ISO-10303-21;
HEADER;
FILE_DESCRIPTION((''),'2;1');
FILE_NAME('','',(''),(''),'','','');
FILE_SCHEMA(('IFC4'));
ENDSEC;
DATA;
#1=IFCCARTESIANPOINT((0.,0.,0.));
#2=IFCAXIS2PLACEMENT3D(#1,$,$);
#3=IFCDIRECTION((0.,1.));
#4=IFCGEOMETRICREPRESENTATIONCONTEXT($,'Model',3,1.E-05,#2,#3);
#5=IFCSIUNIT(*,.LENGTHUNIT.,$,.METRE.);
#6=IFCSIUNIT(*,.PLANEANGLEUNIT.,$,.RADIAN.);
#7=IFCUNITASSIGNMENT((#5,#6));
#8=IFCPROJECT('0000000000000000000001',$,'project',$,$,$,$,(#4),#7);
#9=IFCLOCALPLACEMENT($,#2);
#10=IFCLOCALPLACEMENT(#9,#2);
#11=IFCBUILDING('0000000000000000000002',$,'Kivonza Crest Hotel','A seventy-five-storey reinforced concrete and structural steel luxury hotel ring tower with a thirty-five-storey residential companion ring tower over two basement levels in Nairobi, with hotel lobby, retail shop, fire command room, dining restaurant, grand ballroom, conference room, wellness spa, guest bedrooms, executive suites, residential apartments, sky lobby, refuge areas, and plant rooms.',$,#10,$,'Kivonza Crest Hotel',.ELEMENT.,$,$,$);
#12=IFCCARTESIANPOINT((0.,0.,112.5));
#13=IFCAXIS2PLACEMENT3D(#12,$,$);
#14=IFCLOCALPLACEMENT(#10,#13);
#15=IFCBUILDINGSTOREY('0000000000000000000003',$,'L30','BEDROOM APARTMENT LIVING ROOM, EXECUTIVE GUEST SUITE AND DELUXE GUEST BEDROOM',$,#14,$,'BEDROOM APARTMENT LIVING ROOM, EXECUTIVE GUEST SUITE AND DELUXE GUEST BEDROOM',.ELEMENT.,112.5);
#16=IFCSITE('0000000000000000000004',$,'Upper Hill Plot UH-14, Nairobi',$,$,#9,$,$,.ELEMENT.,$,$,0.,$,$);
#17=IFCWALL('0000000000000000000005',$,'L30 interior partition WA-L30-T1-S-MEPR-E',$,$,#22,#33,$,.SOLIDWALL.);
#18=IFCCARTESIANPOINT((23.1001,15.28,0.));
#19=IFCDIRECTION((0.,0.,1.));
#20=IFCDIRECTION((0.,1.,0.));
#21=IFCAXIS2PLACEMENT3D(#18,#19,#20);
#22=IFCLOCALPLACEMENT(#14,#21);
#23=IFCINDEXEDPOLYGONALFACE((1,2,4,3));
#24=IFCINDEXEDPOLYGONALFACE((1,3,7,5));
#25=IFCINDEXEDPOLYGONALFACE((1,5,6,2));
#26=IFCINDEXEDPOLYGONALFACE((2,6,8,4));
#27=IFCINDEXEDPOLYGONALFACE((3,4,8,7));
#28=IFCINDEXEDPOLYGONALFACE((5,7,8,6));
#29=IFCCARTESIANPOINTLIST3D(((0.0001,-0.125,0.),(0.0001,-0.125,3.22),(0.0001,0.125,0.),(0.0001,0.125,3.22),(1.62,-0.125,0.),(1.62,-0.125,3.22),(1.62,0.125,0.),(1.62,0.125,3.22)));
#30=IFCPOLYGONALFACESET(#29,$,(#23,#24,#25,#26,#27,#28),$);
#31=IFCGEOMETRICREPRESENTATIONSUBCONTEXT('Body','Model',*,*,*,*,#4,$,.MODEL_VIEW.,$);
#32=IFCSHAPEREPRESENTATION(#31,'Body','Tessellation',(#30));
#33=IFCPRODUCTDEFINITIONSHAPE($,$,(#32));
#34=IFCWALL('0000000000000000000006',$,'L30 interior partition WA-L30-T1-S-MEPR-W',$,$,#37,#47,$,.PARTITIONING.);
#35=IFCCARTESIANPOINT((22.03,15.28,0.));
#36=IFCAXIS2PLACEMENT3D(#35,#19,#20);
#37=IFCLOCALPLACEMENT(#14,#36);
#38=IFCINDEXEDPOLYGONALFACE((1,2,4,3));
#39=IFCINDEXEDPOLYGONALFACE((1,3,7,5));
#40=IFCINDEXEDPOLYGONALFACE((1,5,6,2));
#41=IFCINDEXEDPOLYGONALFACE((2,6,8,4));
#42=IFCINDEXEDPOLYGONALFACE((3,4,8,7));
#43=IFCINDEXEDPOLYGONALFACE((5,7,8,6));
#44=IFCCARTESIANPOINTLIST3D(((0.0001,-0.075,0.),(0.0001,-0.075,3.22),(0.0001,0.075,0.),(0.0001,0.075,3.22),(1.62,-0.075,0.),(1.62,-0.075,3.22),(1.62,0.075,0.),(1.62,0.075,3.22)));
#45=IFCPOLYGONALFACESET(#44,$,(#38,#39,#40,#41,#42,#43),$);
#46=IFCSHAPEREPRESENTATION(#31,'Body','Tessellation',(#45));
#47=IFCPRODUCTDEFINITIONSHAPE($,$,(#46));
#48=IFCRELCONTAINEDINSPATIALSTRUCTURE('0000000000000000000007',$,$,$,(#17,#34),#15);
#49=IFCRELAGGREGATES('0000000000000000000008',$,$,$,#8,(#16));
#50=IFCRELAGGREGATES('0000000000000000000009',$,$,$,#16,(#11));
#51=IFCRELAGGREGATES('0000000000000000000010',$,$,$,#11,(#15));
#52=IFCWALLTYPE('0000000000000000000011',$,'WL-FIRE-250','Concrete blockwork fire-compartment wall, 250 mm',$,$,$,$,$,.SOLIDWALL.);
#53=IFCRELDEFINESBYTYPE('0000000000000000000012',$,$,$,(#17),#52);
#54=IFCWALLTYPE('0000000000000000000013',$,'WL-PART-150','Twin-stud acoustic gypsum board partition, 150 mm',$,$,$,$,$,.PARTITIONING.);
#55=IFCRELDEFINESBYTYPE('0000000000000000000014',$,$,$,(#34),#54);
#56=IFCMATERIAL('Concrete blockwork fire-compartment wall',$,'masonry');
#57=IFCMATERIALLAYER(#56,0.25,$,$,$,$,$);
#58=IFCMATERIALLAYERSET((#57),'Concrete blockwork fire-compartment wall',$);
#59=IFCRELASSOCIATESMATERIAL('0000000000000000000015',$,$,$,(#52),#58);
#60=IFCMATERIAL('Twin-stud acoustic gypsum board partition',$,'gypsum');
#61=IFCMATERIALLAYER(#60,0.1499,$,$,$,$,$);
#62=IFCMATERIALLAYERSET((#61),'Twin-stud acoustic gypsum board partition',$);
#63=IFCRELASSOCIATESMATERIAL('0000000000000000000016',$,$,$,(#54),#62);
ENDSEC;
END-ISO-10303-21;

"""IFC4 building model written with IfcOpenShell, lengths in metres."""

from ifc_helpers import new_model, si_unit, direction, frame, frame_2d, origin, place, context, subcontext, project, spatial, rectangle, extrude, material, layer, layer_set, type_object, element, save


model = new_model("IFC4")

# Units and contexts
model_context = context("Model", 3, precision=1e-05, world=origin(), true_north=direction((0.0, 1.0)))
body_context = subcontext(model_context, "Body", "Model", "MODEL_VIEW")
ifc_project = project(units=[si_unit("LENGTHUNIT", "METRE"), si_unit("PLANEANGLEUNIT", "RADIAN")], contexts=[model_context])

# Site, building, storey
site_placement = place(None, origin())
site = spatial("IfcSite", under=ifc_project, at=site_placement, Name="Upper Hill Plot UH-14, Nairobi", CompositionType="ELEMENT", RefElevation=0.0)
building_placement = place(site_placement, origin())
building = spatial("IfcBuilding", under=site, at=building_placement, Name="Kivonza Crest Hotel", Description="A seventy-five-storey reinforced concrete and structural steel luxury hotel ring tower with a thirty-five-storey residential companion ring tower over two basement levels in Nairobi, with hotel lobby, retail shop, fire command room, dining restaurant, grand ballroom, conference room, wellness spa, guest bedrooms, executive suites, residential apartments, sky lobby, refuge areas, and plant rooms.", LongName="Kivonza Crest Hotel", CompositionType="ELEMENT")
storey_placement = place(building_placement, frame((0.0, 0.0, 112.5)))
storey = spatial("IfcBuildingStorey", under=building, at=storey_placement, Name="L30", Description="BEDROOM APARTMENT LIVING ROOM, EXECUTIVE GUEST SUITE AND DELUXE GUEST BEDROOM", LongName="BEDROOM APARTMENT LIVING ROOM, EXECUTIVE GUEST SUITE AND DELUXE GUEST BEDROOM", CompositionType="ELEMENT", Elevation=112.5)

# Walls
ifc_material_1 = material(Name="Concrete blockwork fire-compartment wall", Category="masonry")
ifc_layer_1 = layer(ifc_material_1, 0.25)
ifc_layer_set_1 = layer_set([ifc_layer_1], Name="Concrete blockwork fire-compartment wall")
wall_type_1 = type_object("IfcWallType", Name="WL-FIRE-250", Description="Concrete blockwork fire-compartment wall, 250 mm", PredefinedType="SOLIDWALL", material=ifc_layer_set_1)
wall_1_placement = place(storey_placement, frame((23.1001, 15.28, 0.0), z_axis=(0.0, 0.0, 1.0), x_axis=(0.0, 1.0, 0.0)))
element("IfcWall", 1, at=wall_1_placement, inside=storey, type_object=wall_type_1, Name="L30 interior partition WA-L30-T1-S-MEPR-E", PredefinedType="SOLIDWALL", context=body_context, shape_type="SweptSolid", body=[
    extrude(rectangle(XDim=1.6199, YDim=0.25, at=frame_2d((0.8101, 0.0))), origin(), (0.0, 0.0, 1.0), 3.22),
])
ifc_material_2 = material(Name="Twin-stud acoustic gypsum board partition", Category="gypsum")
ifc_layer_2 = layer(ifc_material_2, 0.1499)
ifc_layer_set_2 = layer_set([ifc_layer_2], Name="Twin-stud acoustic gypsum board partition")
wall_type_2 = type_object("IfcWallType", Name="WL-PART-150", Description="Twin-stud acoustic gypsum board partition, 150 mm", PredefinedType="PARTITIONING", material=ifc_layer_set_2)
wall_2_placement = place(storey_placement, frame((22.03, 15.28, 0.0), z_axis=(0.0, 0.0, 1.0), x_axis=(0.0, 1.0, 0.0)))
element("IfcWall", 2, at=wall_2_placement, inside=storey, type_object=wall_type_2, Name="L30 interior partition WA-L30-T1-S-MEPR-W", PredefinedType="PARTITIONING", context=body_context, shape_type="SweptSolid", body=[
    extrude(rectangle(XDim=1.6199, YDim=0.1499, at=frame_2d((0.8101, 0.0))), origin(), (0.0, 0.0, 1.0), 3.22),
])

save(model, "model.ifc")
